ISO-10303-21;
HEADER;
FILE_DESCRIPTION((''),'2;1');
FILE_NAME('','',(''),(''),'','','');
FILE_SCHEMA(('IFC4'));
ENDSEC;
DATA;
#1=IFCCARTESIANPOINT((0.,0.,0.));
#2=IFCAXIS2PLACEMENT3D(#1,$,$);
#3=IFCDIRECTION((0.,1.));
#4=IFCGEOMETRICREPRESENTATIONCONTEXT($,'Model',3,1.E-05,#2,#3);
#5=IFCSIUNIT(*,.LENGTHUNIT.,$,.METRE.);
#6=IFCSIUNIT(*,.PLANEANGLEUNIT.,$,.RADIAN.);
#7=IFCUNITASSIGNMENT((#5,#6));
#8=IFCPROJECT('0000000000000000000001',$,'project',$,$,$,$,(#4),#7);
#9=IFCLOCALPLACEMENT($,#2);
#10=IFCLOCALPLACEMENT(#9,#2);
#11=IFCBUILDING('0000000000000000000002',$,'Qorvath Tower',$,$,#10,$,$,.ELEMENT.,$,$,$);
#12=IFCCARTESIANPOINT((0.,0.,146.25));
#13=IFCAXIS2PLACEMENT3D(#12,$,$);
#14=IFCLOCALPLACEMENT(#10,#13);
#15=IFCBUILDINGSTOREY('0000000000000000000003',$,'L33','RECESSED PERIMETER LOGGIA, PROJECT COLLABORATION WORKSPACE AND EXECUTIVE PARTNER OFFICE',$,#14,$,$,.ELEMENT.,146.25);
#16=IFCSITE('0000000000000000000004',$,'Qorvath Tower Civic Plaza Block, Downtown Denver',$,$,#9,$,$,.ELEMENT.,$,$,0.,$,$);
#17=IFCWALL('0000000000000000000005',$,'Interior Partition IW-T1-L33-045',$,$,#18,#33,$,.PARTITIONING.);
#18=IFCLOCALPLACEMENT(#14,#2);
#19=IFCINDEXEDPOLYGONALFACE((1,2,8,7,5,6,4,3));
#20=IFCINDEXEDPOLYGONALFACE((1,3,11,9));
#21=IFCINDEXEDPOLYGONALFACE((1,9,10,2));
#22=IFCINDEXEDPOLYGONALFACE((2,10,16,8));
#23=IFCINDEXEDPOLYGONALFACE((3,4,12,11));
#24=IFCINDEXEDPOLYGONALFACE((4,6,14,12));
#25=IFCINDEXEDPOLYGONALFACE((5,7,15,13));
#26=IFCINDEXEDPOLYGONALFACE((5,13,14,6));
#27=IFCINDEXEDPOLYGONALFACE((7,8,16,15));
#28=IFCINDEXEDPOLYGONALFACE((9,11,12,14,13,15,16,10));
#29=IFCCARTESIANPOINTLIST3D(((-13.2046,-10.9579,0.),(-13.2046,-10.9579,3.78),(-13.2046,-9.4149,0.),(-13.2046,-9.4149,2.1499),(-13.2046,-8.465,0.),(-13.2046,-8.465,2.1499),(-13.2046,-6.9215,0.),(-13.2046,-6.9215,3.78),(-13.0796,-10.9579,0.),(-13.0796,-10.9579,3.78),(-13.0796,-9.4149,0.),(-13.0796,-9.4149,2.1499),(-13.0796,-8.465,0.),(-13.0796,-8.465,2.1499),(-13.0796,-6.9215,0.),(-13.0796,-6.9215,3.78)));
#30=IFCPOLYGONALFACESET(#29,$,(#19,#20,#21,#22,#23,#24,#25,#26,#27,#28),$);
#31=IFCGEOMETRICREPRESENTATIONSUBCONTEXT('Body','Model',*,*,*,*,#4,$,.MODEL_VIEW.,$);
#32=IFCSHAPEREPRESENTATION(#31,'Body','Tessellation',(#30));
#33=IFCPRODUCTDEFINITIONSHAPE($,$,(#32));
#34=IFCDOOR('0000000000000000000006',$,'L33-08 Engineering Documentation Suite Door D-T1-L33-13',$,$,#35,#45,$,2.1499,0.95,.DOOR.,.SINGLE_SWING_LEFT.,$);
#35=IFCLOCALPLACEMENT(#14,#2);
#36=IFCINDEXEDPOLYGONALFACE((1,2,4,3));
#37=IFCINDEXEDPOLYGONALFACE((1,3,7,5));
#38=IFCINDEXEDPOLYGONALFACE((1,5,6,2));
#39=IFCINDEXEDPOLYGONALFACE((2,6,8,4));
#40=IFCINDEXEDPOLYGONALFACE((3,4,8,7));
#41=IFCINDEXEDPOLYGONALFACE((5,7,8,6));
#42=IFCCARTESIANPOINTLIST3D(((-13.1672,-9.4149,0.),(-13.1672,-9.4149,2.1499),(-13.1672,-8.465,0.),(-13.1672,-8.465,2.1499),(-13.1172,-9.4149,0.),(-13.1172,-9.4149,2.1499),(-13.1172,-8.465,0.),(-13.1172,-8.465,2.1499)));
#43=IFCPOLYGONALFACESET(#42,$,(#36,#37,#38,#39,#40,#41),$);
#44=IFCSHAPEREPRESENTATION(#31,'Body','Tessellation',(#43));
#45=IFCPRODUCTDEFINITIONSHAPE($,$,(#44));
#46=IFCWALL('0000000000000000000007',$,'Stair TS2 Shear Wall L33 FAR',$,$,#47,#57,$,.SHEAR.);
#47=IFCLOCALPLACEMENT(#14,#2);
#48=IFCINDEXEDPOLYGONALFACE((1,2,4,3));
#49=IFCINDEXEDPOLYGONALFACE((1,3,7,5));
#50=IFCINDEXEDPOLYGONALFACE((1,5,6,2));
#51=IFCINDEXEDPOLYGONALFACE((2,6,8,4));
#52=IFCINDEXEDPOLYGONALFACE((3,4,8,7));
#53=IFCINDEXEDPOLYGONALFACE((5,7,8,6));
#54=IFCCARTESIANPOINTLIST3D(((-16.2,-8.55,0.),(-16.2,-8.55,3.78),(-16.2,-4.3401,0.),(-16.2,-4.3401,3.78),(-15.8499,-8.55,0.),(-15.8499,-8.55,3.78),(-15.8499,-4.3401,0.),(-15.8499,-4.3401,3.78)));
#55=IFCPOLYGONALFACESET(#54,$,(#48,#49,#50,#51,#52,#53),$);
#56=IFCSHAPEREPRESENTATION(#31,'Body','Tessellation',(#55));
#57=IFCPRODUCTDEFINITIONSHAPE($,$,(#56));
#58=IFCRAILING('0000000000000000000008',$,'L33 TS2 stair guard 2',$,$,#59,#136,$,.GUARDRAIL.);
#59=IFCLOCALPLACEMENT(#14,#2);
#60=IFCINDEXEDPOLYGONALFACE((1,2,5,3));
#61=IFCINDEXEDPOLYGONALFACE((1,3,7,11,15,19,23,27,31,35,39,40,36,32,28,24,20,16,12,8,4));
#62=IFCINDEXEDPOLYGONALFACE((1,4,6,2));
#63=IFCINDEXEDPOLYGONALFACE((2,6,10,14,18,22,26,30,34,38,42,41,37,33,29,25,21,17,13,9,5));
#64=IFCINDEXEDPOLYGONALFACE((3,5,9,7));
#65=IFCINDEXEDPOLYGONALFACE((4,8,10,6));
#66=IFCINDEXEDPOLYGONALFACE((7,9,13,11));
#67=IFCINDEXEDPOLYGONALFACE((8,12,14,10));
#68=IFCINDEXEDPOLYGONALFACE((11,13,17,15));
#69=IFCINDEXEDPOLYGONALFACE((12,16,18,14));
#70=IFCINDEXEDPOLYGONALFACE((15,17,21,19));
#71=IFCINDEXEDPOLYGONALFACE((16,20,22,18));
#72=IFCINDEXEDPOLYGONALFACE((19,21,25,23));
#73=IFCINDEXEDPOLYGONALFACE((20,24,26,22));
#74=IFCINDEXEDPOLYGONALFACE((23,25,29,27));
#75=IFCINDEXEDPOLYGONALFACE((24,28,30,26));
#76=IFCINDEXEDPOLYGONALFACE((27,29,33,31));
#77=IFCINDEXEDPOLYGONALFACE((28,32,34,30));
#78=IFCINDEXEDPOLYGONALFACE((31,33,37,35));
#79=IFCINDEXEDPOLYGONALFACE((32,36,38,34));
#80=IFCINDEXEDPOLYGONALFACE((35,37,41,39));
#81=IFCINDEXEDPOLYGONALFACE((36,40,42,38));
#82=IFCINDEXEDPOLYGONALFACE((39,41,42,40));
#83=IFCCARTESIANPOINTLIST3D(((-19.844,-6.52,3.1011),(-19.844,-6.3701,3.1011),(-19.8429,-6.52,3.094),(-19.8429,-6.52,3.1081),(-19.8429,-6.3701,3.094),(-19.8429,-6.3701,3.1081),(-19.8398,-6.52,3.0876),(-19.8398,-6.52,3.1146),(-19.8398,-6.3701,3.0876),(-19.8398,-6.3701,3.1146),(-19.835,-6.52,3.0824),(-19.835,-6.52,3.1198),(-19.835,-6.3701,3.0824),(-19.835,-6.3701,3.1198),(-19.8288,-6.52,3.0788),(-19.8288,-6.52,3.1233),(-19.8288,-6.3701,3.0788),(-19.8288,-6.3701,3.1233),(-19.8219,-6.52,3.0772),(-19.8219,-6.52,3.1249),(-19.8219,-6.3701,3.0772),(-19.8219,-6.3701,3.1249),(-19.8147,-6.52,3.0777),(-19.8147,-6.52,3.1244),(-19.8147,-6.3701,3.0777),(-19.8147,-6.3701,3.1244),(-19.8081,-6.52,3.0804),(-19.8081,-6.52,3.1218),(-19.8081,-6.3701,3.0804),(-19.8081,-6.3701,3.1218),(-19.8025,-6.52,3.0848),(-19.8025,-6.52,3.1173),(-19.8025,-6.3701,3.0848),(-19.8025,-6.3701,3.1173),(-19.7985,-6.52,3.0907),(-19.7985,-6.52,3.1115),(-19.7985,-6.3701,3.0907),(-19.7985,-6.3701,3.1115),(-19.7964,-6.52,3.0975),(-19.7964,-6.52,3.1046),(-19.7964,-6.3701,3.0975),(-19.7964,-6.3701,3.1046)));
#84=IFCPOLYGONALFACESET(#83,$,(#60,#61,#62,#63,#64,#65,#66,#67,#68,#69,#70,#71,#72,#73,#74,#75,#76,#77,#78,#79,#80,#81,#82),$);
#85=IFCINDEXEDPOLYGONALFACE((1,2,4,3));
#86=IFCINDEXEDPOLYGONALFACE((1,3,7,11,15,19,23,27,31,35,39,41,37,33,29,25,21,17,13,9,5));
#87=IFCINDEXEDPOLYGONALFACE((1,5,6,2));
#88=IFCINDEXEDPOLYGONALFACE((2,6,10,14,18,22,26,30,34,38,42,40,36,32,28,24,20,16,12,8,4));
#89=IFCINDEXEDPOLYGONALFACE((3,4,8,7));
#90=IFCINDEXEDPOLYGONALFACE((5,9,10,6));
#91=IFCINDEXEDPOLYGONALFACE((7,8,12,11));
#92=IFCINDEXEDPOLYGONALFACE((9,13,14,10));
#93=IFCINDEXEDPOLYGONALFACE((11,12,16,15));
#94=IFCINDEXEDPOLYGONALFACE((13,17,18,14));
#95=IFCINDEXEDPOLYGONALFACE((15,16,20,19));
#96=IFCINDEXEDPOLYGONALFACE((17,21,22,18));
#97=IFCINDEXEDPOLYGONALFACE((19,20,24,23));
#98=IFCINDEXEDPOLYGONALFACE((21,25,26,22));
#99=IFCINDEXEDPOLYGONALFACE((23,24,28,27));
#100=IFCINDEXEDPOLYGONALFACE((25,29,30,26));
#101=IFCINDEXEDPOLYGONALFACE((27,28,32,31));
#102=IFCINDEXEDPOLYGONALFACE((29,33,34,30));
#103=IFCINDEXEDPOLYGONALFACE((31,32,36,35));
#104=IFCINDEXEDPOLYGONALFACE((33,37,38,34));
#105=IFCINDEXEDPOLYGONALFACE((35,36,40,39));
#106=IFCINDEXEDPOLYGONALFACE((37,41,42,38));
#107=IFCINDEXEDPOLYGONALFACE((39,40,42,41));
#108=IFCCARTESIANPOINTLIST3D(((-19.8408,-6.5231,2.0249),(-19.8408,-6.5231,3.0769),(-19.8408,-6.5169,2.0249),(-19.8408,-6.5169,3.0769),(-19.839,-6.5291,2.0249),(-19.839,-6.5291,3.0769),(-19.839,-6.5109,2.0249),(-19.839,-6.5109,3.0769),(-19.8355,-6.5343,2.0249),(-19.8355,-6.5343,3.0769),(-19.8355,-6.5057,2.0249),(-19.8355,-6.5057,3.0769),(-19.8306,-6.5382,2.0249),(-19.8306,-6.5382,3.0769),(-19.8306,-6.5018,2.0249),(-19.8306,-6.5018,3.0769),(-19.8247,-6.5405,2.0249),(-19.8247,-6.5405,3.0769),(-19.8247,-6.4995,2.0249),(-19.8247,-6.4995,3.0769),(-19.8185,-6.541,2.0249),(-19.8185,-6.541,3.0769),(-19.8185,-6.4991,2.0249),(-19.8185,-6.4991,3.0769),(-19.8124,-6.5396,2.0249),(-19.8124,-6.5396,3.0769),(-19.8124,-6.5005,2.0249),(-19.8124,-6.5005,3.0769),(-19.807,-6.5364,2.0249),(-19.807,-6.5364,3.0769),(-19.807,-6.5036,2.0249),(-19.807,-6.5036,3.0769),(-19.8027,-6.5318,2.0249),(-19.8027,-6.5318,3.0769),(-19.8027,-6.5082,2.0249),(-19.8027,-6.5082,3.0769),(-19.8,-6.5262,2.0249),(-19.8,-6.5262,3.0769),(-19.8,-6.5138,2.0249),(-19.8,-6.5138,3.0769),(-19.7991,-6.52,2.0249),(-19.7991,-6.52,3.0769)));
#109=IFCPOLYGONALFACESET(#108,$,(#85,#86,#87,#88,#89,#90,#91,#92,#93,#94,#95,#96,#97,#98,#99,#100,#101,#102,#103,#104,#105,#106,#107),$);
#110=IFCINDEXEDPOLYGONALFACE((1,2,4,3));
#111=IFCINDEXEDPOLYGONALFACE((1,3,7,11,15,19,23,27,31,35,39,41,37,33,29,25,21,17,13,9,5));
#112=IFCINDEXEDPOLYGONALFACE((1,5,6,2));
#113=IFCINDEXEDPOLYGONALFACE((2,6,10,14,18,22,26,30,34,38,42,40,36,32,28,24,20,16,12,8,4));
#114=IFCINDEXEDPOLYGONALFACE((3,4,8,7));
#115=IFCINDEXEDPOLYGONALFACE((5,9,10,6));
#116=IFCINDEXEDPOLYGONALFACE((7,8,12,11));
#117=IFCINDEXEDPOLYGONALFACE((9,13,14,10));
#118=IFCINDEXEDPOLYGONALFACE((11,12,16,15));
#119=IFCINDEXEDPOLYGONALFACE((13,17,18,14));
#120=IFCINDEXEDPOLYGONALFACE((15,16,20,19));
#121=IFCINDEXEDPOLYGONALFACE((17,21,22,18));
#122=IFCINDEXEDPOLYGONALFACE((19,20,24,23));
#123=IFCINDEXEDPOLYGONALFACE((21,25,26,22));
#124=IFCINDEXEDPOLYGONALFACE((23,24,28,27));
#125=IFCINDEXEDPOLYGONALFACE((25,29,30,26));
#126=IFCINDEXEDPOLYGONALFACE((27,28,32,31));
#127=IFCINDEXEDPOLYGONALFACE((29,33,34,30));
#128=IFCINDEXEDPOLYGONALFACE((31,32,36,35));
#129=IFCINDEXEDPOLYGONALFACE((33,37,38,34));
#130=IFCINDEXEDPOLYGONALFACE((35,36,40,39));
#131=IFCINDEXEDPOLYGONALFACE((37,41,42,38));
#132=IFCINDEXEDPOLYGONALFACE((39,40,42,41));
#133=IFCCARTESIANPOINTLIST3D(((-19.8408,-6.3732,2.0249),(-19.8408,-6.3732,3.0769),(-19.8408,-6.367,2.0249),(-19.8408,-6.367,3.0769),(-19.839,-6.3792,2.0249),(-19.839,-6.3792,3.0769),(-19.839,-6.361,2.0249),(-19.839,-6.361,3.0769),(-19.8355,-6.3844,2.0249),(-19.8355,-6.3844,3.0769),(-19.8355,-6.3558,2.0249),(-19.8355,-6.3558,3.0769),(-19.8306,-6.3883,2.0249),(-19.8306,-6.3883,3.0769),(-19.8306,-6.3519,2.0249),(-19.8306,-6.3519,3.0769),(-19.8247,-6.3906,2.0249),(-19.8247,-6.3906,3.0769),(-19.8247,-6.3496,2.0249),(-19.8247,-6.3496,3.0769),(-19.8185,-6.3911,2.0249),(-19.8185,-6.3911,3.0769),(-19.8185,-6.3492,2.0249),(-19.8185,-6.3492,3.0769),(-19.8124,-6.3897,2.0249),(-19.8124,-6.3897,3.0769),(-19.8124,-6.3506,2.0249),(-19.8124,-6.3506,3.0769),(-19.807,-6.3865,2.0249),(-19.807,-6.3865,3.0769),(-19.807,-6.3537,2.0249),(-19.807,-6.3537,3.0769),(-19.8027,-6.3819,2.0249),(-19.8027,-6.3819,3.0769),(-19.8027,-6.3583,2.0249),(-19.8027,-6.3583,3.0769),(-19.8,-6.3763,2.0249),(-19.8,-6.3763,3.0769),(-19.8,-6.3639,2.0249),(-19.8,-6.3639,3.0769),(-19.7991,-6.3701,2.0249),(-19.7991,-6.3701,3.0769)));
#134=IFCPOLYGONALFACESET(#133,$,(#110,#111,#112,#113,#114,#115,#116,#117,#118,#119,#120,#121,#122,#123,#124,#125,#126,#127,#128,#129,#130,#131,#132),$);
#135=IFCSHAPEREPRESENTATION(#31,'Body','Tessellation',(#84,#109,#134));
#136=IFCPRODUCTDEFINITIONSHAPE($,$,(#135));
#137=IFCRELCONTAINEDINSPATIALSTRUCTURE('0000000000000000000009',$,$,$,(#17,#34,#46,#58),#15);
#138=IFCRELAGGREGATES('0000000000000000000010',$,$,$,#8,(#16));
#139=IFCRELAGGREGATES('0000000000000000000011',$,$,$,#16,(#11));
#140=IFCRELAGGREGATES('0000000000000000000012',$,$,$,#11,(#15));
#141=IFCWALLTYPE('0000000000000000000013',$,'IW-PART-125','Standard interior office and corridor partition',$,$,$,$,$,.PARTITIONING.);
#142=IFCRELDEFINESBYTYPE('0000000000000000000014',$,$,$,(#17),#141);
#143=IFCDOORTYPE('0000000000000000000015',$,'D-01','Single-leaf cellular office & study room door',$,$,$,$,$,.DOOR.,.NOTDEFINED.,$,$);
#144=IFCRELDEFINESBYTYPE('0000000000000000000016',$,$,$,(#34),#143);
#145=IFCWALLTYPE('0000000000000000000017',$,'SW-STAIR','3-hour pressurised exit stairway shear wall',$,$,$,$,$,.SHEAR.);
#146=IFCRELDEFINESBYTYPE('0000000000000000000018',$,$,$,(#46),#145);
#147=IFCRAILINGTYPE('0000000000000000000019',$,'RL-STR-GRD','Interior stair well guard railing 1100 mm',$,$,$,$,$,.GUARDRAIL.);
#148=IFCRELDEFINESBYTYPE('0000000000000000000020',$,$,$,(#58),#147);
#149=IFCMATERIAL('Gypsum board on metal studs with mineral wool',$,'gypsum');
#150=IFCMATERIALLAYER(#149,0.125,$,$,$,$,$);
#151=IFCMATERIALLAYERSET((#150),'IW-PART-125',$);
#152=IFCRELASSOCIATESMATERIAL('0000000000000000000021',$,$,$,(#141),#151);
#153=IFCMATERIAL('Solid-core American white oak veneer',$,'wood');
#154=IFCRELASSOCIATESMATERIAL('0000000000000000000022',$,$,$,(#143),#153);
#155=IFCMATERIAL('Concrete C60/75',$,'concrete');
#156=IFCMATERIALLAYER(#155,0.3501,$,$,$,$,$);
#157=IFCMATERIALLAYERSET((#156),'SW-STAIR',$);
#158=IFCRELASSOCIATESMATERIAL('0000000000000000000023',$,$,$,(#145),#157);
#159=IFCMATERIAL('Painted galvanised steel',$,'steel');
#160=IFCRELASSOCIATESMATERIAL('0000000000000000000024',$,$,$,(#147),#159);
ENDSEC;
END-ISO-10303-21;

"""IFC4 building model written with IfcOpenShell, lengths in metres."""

from ifc_helpers import new_model, si_unit, direction, frame, frame_2d, origin, origin_2d, place, context, subcontext, project, spatial, rectangle, circle, extrude, material, layer, layer_set, type_object, element, fill, save


model = new_model("IFC4")

# Units and contexts
model_context = context("Model", 3, precision=1e-05, world=origin(), true_north=direction((0.0, 1.0)))
body_context = subcontext(model_context, "Body", "Model", "MODEL_VIEW")
ifc_project = project(units=[si_unit("LENGTHUNIT", "METRE"), si_unit("PLANEANGLEUNIT", "RADIAN")], contexts=[model_context])

# Site, building, storey
site_placement = place(None, origin())
site = spatial("IfcSite", under=ifc_project, at=site_placement, Name="Qorvath Tower Civic Plaza Block, Downtown Denver", CompositionType="ELEMENT", RefElevation=0.0)
building_placement = place(site_placement, origin())
building = spatial("IfcBuilding", under=site, at=building_placement, Name="Qorvath Tower", CompositionType="ELEMENT")
storey_placement = place(building_placement, frame((0.0, 0.0, 146.25)))
storey = spatial("IfcBuildingStorey", under=building, at=storey_placement, Name="L33", Description="RECESSED PERIMETER LOGGIA, PROJECT COLLABORATION WORKSPACE AND EXECUTIVE PARTNER OFFICE", CompositionType="ELEMENT", Elevation=146.25)

# Shared definitions
ifc_material_1 = material(Name="Gypsum board on metal studs with mineral wool", Category="gypsum")
ifc_layer_1 = layer(ifc_material_1, 0.125)
ifc_layer_set_1 = layer_set([ifc_layer_1], Name="IW-PART-125")
wall_type_1 = type_object("IfcWallType", Name="IW-PART-125", Description="Standard interior office and corridor partition", PredefinedType="PARTITIONING", material=ifc_layer_set_1)

# Shared definitions
ifc_material_2 = material(Name="Solid-core American white oak veneer", Category="wood")
door_type = type_object("IfcDoorType", Name="D-01", Description="Single-leaf cellular office & study room door", OperationType="NOTDEFINED", PredefinedType="DOOR", material=ifc_material_2)

# Wall, opening, door
wall_1_placement = place(storey_placement, frame((-13.1421, -6.9216, 0.0), z_axis=(0.0, 0.0, 1.0), x_axis=(0.0, -1.0, 0.0)))
wall_1 = element("IfcWall", 1, at=wall_1_placement, inside=storey, type_object=wall_type_1, Name="Interior Partition IW-T1-L33-045", PredefinedType="PARTITIONING", context=body_context, shape_type="SweptSolid", body=[
    extrude(rectangle(XDim=4.0364, YDim=0.125, at=frame_2d((2.0181, 0.0))), origin(), (0.0, 0.0, 1.0), 3.78),
])
opening_1_placement = place(wall_1_placement, frame((1.5432, 0.0, 0.0)))
opening_1 = element("IfcOpeningElement", 2, at=opening_1_placement, cuts=wall_1, PredefinedType="OPENING", context=body_context, shape_type="SweptSolid", body=[
    extrude(rectangle(XDim=0.95, YDim=2.1499, at=frame_2d((0.4751, 1.075))), frame((0.0, 0.0725, 0.0), z_axis=(0.0, -1.0, 0.0), x_axis=(1.0, 0.0, 0.0)), (0.0, 0.0, 1.0), 0.145),
])
door_1_placement = place(opening_1_placement, origin())
door_1 = element("IfcDoor", 3, at=door_1_placement, inside=storey, type_object=door_type, Name="L33-08 Engineering Documentation Suite Door D-T1-L33-13", OperationType="SINGLE_SWING_LEFT", OverallHeight=2.1499, OverallWidth=0.95, PredefinedType="DOOR", context=body_context, shape_type="SweptSolid", body=[
    extrude(rectangle(XDim=0.95, YDim=2.1499, at=frame_2d((0.4751, 1.075))), frame((0.0, 0.0249, 0.0), z_axis=(0.0, -1.0, 0.0), x_axis=(1.0, 0.0, 0.0)), (0.0, 0.0, 1.0), 0.05),
])
fill(opening_1, door_1)

# Wall
ifc_material_3 = material(Name="Concrete C60/75", Category="concrete")
ifc_layer_2 = layer(ifc_material_3, 0.3501)
ifc_layer_set_2 = layer_set([ifc_layer_2], Name="SW-STAIR")
wall_type_2 = type_object("IfcWallType", Name="SW-STAIR", Description="3-hour pressurised exit stairway shear wall", PredefinedType="SHEAR", material=ifc_layer_set_2)
wall_2_placement = place(storey_placement, frame((-16.0249, -8.55, 0.0), z_axis=(0.0, 0.0, 1.0), x_axis=(0.0, 1.0, 0.0)))
element("IfcWall", 4, at=wall_2_placement, inside=storey, type_object=wall_type_2, Name="Stair TS2 Shear Wall L33 FAR", PredefinedType="SHEAR", context=body_context, shape_type="SweptSolid", body=[
    extrude(rectangle(XDim=4.21, YDim=0.3501, at=frame_2d((2.105, 0.0))), origin(), (0.0, 0.0, 1.0), 3.78),
])

# Railing
ifc_material_4 = material(Name="Painted galvanised steel", Category="steel")
railing_type = type_object("IfcRailingType", Name="RL-STR-GRD", Description="Interior stair well guard railing 1100 mm", PredefinedType="GUARDRAIL", material=ifc_material_4)
railing_1_placement = place(storey_placement, frame((-19.8201, -6.52, 2.0249)))
element("IfcRailing", 5, at=railing_1_placement, inside=storey, type_object=railing_type, Name="L33 TS2 stair guard 2", PredefinedType="GUARDRAIL", context=body_context, shape_type="SweptSolid", body=[
    extrude(circle(Radius=0.0239, at=origin_2d()), frame((0.0, 0.0, 1.0762), z_axis=(0.0, 1.0, 0.0), x_axis=(-1.0, 0.0, 0.0)), (0.0, 0.0, 1.0), 0.1499),
    extrude(circle(Radius=0.021, at=origin_2d()), origin(), (0.0, 0.0, 1.0), 1.052),
    extrude(circle(Radius=0.021, at=origin_2d()), frame((0.0, 0.1499, 0.0)), (0.0, 0.0, 1.0), 1.052),
])

save(model, "model.ifc")
